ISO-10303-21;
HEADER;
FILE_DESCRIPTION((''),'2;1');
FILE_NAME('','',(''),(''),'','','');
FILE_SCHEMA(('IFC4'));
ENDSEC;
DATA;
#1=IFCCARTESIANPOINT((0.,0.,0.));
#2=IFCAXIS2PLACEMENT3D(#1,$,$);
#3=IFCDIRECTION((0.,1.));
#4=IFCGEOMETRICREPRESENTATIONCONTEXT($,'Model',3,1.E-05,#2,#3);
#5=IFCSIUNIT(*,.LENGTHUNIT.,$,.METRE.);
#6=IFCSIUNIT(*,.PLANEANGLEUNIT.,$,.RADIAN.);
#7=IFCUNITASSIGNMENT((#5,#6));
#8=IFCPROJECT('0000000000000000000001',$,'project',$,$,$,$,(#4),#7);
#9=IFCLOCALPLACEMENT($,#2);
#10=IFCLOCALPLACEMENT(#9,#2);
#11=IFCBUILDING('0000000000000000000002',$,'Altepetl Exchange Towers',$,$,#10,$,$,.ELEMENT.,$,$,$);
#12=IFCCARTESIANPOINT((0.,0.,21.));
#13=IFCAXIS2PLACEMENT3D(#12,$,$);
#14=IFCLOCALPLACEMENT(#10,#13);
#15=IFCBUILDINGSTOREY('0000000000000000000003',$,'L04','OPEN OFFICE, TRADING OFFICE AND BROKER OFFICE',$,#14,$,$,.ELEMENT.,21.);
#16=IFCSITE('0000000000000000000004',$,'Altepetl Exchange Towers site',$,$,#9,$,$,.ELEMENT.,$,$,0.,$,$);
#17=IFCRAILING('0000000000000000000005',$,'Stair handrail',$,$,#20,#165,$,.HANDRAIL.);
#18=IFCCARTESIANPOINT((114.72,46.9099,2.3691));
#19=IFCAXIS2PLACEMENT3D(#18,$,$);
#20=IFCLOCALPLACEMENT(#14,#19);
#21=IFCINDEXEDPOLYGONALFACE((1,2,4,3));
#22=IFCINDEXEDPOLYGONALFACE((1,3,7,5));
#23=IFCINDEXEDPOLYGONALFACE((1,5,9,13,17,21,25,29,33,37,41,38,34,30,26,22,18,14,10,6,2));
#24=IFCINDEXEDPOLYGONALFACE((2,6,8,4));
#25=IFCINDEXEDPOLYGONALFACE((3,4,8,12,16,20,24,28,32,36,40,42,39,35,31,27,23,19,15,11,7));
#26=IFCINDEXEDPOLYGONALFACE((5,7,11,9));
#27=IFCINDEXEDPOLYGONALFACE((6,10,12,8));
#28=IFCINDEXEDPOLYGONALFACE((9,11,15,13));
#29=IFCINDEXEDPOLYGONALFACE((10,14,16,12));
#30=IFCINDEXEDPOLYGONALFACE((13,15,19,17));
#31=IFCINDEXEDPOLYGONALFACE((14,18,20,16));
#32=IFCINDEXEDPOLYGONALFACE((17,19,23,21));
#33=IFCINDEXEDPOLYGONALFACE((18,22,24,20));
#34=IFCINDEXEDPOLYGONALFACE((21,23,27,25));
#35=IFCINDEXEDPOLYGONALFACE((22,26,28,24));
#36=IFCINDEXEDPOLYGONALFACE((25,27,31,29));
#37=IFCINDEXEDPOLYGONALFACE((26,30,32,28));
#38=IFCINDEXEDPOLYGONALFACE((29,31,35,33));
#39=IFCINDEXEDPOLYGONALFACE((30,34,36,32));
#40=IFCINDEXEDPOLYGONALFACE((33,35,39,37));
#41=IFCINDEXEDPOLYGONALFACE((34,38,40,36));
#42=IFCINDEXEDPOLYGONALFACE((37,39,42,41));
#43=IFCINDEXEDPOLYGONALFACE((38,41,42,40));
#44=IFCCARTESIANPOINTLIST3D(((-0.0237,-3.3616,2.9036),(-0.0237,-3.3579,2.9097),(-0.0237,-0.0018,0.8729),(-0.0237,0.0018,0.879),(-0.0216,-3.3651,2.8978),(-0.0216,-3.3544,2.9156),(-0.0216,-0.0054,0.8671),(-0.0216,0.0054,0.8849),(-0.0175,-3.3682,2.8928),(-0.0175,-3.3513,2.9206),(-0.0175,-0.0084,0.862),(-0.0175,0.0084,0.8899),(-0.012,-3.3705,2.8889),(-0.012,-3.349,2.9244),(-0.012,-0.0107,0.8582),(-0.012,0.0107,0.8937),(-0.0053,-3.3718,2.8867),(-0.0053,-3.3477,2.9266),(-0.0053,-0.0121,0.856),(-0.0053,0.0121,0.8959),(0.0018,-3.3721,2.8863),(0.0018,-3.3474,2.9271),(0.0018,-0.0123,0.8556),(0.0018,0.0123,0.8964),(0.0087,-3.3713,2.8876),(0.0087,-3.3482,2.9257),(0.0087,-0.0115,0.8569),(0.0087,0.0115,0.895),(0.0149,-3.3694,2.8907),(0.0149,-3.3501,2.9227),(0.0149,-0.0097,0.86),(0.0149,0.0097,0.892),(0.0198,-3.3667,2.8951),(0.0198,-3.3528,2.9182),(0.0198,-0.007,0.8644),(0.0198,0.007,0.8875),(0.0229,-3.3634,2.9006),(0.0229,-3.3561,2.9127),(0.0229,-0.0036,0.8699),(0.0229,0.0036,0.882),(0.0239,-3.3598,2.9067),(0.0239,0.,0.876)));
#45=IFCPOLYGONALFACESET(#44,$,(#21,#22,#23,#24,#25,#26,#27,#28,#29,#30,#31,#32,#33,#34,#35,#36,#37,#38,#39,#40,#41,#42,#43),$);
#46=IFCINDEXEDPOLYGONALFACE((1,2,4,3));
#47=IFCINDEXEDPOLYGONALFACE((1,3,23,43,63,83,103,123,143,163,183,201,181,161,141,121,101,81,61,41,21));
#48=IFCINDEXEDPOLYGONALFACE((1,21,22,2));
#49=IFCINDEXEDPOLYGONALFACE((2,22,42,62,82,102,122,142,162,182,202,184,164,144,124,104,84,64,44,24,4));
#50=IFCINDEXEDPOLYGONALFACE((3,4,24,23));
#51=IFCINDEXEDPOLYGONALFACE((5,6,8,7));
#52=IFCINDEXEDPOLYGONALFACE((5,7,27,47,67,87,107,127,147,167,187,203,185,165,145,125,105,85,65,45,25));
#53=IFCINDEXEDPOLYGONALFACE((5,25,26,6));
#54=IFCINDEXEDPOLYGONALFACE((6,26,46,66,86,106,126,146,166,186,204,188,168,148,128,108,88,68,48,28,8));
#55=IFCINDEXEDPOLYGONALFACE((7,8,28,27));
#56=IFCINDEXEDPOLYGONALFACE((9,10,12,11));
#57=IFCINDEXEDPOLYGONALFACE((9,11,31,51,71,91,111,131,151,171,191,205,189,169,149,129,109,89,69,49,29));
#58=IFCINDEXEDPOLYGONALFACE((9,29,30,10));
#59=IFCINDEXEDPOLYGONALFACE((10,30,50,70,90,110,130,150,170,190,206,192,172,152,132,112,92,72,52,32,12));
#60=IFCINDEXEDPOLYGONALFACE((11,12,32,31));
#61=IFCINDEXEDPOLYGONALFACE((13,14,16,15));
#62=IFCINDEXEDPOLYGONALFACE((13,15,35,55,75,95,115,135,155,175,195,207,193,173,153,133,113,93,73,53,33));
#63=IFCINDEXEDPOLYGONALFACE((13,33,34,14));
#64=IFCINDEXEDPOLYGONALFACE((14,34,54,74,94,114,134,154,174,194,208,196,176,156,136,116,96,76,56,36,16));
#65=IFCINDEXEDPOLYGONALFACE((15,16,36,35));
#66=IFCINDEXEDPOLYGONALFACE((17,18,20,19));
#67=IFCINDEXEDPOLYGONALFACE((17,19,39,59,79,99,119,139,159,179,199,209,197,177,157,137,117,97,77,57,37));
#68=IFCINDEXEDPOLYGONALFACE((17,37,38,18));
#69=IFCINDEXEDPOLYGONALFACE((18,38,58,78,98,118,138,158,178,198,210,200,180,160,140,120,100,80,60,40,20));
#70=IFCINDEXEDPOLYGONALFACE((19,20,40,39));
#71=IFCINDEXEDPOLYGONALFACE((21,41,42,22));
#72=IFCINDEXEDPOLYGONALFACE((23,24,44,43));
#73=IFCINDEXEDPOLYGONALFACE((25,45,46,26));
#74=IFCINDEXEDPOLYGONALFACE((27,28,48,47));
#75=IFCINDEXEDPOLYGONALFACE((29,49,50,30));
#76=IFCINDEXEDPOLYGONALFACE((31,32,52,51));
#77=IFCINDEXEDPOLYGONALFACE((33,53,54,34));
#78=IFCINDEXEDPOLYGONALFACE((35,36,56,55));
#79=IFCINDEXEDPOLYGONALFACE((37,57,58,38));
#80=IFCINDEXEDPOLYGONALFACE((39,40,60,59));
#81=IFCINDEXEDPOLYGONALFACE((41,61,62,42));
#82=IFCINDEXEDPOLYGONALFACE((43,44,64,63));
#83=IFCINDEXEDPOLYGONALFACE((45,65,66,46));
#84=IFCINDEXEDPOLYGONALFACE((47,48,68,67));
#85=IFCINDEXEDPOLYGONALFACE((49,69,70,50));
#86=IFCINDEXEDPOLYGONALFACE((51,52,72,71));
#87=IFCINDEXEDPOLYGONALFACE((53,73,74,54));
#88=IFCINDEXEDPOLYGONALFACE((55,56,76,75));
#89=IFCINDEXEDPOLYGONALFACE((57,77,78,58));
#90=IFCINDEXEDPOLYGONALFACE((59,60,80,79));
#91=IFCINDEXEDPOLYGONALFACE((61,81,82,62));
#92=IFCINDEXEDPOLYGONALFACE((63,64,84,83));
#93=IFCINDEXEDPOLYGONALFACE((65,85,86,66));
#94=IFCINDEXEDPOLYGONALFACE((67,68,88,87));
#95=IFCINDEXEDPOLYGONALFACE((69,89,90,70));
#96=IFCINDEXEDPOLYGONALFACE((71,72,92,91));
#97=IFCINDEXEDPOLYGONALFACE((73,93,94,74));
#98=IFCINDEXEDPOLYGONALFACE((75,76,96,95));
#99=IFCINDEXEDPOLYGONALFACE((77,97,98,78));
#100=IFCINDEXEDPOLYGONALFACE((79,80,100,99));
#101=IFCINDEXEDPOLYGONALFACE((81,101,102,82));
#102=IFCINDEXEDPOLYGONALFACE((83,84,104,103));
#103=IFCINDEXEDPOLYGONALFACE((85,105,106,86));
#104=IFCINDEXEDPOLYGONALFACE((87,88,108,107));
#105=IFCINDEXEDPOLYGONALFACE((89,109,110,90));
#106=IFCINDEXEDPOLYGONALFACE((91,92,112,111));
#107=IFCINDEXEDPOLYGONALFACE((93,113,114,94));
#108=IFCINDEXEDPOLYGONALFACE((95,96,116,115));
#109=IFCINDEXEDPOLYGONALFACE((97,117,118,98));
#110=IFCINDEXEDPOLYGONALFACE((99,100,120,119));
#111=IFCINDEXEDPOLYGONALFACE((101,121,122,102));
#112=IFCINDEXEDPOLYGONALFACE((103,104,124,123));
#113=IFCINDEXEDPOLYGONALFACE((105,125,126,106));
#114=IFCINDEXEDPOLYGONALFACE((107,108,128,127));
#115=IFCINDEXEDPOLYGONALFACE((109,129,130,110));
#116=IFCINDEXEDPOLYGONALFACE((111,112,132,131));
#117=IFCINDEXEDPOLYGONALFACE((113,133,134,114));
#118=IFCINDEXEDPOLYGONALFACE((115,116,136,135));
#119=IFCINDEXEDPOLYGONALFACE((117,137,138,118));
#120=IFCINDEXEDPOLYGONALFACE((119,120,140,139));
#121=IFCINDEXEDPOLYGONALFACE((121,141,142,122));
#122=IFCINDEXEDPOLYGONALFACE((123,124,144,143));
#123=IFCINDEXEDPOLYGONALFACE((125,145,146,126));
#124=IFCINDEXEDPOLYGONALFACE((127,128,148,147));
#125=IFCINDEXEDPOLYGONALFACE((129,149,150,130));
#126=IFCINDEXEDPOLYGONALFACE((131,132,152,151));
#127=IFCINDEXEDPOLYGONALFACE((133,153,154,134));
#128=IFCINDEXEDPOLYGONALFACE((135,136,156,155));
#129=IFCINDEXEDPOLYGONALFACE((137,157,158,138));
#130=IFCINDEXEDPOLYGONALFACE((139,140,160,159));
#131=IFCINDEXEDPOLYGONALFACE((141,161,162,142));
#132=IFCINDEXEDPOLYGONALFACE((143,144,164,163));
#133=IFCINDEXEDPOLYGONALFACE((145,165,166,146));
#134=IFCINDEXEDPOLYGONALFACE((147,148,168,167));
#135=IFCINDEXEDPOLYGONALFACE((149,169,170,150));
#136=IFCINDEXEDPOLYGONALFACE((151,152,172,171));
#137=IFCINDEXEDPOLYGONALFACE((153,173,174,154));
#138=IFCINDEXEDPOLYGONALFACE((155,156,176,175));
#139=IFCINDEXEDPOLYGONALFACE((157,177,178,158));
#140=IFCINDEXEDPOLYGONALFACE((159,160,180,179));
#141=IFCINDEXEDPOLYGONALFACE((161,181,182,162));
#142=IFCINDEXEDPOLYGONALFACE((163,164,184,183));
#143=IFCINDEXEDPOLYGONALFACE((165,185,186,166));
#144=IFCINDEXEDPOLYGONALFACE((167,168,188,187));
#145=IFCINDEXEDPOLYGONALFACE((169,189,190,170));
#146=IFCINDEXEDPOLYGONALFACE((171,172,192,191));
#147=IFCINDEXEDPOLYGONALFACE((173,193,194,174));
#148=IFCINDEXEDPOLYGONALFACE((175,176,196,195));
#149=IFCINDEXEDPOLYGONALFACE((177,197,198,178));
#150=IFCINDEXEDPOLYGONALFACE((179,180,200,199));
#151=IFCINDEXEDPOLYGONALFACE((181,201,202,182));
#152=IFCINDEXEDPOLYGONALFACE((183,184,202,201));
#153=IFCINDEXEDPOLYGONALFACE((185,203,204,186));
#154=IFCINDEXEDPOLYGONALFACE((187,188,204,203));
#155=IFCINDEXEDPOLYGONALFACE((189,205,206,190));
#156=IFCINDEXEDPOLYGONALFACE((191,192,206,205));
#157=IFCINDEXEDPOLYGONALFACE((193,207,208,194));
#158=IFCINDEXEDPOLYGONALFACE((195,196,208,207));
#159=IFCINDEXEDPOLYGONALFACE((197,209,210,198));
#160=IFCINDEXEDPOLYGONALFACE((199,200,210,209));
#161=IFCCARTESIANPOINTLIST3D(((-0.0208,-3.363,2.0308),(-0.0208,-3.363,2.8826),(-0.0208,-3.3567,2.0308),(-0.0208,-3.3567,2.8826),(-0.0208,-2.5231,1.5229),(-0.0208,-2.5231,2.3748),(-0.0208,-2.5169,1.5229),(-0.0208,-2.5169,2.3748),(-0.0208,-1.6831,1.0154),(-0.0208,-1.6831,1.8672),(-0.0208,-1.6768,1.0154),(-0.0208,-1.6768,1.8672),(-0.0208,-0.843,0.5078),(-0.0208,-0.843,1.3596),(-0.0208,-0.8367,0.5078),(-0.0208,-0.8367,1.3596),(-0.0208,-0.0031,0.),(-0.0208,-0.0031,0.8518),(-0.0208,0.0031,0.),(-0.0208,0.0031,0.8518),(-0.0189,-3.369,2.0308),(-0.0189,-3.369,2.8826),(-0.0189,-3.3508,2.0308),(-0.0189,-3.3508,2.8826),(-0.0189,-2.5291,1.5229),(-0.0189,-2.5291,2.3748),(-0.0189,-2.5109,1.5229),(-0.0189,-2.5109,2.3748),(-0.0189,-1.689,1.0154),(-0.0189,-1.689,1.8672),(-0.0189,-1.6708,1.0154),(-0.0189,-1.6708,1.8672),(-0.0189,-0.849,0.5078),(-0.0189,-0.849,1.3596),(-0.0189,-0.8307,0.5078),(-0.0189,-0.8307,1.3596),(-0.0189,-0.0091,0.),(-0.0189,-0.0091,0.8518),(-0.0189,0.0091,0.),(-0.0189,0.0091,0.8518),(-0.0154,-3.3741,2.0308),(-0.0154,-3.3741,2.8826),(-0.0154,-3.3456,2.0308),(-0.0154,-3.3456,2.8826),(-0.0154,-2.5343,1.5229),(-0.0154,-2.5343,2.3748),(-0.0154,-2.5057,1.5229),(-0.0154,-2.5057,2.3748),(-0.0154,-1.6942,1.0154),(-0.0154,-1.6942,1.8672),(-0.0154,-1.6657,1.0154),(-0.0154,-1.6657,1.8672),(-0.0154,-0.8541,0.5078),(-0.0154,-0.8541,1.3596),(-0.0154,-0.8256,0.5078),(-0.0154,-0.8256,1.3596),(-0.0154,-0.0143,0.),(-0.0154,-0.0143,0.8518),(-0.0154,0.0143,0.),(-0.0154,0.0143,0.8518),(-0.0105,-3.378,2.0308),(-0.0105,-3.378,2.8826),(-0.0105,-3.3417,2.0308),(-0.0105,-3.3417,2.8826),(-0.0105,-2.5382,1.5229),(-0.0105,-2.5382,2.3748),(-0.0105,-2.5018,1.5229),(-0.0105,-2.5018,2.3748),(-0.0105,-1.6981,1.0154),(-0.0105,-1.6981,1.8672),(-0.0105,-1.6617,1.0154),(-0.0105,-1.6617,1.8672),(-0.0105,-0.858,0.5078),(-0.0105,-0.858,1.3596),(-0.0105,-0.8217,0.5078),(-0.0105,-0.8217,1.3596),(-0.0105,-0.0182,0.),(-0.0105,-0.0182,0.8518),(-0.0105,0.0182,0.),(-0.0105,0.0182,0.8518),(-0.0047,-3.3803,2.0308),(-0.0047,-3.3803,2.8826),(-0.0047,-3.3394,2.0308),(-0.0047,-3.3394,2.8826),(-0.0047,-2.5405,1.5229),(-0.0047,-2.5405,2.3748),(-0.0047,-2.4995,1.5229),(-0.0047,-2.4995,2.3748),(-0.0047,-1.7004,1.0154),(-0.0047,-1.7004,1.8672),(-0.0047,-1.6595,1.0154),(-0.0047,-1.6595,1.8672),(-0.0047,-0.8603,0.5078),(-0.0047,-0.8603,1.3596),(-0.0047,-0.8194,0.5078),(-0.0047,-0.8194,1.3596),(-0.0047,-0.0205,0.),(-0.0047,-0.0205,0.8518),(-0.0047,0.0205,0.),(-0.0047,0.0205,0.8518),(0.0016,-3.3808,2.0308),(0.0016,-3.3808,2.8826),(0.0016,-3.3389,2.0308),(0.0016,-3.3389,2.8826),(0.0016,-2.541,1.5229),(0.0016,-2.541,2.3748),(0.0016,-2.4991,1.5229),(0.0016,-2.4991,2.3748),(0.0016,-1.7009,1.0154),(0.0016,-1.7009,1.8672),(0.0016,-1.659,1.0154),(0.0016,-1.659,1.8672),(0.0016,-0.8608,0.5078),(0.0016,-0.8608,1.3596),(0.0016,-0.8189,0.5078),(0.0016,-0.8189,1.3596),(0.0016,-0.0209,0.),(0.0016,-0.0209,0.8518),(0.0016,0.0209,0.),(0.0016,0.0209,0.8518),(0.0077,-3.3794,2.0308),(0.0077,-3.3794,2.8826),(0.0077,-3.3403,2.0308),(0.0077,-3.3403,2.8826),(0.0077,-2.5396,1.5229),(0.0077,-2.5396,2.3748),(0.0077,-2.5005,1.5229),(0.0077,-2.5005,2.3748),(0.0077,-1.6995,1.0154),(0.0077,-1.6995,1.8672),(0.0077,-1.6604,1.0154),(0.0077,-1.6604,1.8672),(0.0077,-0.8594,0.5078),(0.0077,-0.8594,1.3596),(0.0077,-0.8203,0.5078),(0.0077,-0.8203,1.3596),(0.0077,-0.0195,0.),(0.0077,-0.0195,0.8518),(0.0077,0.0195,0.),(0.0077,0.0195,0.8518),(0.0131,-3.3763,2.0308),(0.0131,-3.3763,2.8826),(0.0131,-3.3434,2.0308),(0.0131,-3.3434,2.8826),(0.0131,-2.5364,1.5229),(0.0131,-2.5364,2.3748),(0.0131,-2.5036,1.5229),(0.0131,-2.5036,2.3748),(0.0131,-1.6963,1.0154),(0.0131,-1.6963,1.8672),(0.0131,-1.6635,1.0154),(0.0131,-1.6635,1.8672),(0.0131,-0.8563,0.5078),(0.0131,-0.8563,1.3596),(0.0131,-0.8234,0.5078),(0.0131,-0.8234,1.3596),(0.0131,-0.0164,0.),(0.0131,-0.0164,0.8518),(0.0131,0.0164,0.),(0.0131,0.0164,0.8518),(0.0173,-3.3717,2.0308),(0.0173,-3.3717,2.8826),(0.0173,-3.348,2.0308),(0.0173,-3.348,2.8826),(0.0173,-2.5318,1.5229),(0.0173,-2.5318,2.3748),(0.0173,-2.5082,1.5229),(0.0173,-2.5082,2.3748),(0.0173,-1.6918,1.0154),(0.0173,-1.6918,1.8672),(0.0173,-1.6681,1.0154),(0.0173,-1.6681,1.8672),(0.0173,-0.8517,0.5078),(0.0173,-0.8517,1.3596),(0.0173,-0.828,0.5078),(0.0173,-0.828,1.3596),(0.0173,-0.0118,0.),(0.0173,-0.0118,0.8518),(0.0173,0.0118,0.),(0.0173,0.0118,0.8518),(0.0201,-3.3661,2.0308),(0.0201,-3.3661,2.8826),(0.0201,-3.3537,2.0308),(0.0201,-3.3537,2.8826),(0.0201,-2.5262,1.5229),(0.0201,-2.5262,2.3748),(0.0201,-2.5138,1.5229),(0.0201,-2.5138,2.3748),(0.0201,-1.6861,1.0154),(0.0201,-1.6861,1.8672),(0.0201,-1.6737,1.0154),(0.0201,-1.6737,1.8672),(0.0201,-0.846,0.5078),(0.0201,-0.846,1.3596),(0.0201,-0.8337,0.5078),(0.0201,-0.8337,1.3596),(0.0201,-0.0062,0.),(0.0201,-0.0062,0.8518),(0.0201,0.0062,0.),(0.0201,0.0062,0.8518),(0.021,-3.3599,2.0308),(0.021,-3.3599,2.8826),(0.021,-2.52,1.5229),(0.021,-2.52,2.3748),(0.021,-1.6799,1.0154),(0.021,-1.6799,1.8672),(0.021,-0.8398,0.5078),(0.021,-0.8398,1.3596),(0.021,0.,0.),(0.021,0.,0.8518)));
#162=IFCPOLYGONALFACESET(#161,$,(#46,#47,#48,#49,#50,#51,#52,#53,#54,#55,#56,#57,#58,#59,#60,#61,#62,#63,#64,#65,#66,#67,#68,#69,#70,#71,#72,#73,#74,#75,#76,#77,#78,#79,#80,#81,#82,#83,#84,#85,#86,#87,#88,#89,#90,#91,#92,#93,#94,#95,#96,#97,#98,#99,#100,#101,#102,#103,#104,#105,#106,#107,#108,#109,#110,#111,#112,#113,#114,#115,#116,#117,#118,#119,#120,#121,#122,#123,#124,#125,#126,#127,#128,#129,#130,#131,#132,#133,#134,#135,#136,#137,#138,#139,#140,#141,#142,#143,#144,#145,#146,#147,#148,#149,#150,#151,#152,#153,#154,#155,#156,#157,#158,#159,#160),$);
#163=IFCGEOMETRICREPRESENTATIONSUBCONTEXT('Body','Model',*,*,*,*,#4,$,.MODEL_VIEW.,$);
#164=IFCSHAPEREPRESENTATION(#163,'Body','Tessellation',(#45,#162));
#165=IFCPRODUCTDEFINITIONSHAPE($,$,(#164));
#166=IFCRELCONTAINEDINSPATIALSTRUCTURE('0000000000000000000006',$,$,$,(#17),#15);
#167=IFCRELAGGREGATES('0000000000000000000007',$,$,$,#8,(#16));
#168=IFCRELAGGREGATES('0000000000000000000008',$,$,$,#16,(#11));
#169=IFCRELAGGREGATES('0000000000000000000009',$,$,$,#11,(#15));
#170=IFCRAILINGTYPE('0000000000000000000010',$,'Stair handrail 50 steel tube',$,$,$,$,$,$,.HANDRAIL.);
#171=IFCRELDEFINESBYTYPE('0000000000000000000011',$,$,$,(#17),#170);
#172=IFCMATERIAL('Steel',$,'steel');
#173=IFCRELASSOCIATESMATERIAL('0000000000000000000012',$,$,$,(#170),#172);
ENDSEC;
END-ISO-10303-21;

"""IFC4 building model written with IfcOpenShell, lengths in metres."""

from ifc_helpers import new_model, si_unit, direction, frame, origin, origin_2d, place, context, subcontext, project, spatial, circle, extrude, source, transform, mapped, material, type_object, element, save


model = new_model("IFC4")

# Units and contexts
model_context = context("Model", 3, precision=1e-05, world=origin(), true_north=direction((0.0, 1.0)))
body_context = subcontext(model_context, "Body", "Model", "MODEL_VIEW")
ifc_project = project(units=[si_unit("LENGTHUNIT", "METRE"), si_unit("PLANEANGLEUNIT", "RADIAN")], contexts=[model_context])

# Site, building, storey
site_placement = place(None, origin())
site = spatial("IfcSite", under=ifc_project, at=site_placement, Name="Altepetl Exchange Towers site", CompositionType="ELEMENT", RefElevation=0.0)
building_placement = place(site_placement, origin())
building = spatial("IfcBuilding", under=site, at=building_placement, Name="Altepetl Exchange Towers", CompositionType="ELEMENT")
storey_placement = place(building_placement, frame((0.0, 0.0, 21.0)))
storey = spatial("IfcBuildingStorey", under=building, at=storey_placement, Name="L04", Description="OPEN OFFICE, TRADING OFFICE AND BROKER OFFICE", CompositionType="ELEMENT", Elevation=21.0)

# Railing
ifc_material_1 = material(Name="Steel", Category="steel")
railing_type = type_object("IfcRailingType", Name="Stair handrail 50 steel tube", PredefinedType="HANDRAIL", material=ifc_material_1)
shared_shape = source(origin(), body_context, "Body", "SweptSolid", [
    extrude(circle(Radius=0.021, at=origin_2d()), origin(), (0.0, 0.0, 1.0), 0.8518),
])
railing_placement = place(storey_placement, frame((114.72, 46.9099, 2.3691)))
element("IfcRailing", 1, at=railing_placement, inside=storey, type_object=railing_type, Name="Stair handrail", PredefinedType="HANDRAIL", context=body_context, shape_type="SweptSolid", body=[
    extrude(circle(Radius=0.0239, at=origin_2d()), frame((0.0, 0.0, 0.876), z_axis=(0.0, -0.85582, 0.517273), x_axis=(1.0, 0.0, 0.0)), (0.0, 0.0, 1.0), 3.9258),
    mapped(shared_shape, transform((0.0, 0.0, 0.0))),
    mapped(shared_shape, transform((0.0, -0.8398, 0.5078))),
    mapped(shared_shape, transform((0.0, -1.6799, 1.0154))),
    mapped(shared_shape, transform((0.0, -2.52, 1.5229))),
    mapped(shared_shape, transform((0.0, -3.3599, 2.0308))),
])

save(model, "model.ifc")
